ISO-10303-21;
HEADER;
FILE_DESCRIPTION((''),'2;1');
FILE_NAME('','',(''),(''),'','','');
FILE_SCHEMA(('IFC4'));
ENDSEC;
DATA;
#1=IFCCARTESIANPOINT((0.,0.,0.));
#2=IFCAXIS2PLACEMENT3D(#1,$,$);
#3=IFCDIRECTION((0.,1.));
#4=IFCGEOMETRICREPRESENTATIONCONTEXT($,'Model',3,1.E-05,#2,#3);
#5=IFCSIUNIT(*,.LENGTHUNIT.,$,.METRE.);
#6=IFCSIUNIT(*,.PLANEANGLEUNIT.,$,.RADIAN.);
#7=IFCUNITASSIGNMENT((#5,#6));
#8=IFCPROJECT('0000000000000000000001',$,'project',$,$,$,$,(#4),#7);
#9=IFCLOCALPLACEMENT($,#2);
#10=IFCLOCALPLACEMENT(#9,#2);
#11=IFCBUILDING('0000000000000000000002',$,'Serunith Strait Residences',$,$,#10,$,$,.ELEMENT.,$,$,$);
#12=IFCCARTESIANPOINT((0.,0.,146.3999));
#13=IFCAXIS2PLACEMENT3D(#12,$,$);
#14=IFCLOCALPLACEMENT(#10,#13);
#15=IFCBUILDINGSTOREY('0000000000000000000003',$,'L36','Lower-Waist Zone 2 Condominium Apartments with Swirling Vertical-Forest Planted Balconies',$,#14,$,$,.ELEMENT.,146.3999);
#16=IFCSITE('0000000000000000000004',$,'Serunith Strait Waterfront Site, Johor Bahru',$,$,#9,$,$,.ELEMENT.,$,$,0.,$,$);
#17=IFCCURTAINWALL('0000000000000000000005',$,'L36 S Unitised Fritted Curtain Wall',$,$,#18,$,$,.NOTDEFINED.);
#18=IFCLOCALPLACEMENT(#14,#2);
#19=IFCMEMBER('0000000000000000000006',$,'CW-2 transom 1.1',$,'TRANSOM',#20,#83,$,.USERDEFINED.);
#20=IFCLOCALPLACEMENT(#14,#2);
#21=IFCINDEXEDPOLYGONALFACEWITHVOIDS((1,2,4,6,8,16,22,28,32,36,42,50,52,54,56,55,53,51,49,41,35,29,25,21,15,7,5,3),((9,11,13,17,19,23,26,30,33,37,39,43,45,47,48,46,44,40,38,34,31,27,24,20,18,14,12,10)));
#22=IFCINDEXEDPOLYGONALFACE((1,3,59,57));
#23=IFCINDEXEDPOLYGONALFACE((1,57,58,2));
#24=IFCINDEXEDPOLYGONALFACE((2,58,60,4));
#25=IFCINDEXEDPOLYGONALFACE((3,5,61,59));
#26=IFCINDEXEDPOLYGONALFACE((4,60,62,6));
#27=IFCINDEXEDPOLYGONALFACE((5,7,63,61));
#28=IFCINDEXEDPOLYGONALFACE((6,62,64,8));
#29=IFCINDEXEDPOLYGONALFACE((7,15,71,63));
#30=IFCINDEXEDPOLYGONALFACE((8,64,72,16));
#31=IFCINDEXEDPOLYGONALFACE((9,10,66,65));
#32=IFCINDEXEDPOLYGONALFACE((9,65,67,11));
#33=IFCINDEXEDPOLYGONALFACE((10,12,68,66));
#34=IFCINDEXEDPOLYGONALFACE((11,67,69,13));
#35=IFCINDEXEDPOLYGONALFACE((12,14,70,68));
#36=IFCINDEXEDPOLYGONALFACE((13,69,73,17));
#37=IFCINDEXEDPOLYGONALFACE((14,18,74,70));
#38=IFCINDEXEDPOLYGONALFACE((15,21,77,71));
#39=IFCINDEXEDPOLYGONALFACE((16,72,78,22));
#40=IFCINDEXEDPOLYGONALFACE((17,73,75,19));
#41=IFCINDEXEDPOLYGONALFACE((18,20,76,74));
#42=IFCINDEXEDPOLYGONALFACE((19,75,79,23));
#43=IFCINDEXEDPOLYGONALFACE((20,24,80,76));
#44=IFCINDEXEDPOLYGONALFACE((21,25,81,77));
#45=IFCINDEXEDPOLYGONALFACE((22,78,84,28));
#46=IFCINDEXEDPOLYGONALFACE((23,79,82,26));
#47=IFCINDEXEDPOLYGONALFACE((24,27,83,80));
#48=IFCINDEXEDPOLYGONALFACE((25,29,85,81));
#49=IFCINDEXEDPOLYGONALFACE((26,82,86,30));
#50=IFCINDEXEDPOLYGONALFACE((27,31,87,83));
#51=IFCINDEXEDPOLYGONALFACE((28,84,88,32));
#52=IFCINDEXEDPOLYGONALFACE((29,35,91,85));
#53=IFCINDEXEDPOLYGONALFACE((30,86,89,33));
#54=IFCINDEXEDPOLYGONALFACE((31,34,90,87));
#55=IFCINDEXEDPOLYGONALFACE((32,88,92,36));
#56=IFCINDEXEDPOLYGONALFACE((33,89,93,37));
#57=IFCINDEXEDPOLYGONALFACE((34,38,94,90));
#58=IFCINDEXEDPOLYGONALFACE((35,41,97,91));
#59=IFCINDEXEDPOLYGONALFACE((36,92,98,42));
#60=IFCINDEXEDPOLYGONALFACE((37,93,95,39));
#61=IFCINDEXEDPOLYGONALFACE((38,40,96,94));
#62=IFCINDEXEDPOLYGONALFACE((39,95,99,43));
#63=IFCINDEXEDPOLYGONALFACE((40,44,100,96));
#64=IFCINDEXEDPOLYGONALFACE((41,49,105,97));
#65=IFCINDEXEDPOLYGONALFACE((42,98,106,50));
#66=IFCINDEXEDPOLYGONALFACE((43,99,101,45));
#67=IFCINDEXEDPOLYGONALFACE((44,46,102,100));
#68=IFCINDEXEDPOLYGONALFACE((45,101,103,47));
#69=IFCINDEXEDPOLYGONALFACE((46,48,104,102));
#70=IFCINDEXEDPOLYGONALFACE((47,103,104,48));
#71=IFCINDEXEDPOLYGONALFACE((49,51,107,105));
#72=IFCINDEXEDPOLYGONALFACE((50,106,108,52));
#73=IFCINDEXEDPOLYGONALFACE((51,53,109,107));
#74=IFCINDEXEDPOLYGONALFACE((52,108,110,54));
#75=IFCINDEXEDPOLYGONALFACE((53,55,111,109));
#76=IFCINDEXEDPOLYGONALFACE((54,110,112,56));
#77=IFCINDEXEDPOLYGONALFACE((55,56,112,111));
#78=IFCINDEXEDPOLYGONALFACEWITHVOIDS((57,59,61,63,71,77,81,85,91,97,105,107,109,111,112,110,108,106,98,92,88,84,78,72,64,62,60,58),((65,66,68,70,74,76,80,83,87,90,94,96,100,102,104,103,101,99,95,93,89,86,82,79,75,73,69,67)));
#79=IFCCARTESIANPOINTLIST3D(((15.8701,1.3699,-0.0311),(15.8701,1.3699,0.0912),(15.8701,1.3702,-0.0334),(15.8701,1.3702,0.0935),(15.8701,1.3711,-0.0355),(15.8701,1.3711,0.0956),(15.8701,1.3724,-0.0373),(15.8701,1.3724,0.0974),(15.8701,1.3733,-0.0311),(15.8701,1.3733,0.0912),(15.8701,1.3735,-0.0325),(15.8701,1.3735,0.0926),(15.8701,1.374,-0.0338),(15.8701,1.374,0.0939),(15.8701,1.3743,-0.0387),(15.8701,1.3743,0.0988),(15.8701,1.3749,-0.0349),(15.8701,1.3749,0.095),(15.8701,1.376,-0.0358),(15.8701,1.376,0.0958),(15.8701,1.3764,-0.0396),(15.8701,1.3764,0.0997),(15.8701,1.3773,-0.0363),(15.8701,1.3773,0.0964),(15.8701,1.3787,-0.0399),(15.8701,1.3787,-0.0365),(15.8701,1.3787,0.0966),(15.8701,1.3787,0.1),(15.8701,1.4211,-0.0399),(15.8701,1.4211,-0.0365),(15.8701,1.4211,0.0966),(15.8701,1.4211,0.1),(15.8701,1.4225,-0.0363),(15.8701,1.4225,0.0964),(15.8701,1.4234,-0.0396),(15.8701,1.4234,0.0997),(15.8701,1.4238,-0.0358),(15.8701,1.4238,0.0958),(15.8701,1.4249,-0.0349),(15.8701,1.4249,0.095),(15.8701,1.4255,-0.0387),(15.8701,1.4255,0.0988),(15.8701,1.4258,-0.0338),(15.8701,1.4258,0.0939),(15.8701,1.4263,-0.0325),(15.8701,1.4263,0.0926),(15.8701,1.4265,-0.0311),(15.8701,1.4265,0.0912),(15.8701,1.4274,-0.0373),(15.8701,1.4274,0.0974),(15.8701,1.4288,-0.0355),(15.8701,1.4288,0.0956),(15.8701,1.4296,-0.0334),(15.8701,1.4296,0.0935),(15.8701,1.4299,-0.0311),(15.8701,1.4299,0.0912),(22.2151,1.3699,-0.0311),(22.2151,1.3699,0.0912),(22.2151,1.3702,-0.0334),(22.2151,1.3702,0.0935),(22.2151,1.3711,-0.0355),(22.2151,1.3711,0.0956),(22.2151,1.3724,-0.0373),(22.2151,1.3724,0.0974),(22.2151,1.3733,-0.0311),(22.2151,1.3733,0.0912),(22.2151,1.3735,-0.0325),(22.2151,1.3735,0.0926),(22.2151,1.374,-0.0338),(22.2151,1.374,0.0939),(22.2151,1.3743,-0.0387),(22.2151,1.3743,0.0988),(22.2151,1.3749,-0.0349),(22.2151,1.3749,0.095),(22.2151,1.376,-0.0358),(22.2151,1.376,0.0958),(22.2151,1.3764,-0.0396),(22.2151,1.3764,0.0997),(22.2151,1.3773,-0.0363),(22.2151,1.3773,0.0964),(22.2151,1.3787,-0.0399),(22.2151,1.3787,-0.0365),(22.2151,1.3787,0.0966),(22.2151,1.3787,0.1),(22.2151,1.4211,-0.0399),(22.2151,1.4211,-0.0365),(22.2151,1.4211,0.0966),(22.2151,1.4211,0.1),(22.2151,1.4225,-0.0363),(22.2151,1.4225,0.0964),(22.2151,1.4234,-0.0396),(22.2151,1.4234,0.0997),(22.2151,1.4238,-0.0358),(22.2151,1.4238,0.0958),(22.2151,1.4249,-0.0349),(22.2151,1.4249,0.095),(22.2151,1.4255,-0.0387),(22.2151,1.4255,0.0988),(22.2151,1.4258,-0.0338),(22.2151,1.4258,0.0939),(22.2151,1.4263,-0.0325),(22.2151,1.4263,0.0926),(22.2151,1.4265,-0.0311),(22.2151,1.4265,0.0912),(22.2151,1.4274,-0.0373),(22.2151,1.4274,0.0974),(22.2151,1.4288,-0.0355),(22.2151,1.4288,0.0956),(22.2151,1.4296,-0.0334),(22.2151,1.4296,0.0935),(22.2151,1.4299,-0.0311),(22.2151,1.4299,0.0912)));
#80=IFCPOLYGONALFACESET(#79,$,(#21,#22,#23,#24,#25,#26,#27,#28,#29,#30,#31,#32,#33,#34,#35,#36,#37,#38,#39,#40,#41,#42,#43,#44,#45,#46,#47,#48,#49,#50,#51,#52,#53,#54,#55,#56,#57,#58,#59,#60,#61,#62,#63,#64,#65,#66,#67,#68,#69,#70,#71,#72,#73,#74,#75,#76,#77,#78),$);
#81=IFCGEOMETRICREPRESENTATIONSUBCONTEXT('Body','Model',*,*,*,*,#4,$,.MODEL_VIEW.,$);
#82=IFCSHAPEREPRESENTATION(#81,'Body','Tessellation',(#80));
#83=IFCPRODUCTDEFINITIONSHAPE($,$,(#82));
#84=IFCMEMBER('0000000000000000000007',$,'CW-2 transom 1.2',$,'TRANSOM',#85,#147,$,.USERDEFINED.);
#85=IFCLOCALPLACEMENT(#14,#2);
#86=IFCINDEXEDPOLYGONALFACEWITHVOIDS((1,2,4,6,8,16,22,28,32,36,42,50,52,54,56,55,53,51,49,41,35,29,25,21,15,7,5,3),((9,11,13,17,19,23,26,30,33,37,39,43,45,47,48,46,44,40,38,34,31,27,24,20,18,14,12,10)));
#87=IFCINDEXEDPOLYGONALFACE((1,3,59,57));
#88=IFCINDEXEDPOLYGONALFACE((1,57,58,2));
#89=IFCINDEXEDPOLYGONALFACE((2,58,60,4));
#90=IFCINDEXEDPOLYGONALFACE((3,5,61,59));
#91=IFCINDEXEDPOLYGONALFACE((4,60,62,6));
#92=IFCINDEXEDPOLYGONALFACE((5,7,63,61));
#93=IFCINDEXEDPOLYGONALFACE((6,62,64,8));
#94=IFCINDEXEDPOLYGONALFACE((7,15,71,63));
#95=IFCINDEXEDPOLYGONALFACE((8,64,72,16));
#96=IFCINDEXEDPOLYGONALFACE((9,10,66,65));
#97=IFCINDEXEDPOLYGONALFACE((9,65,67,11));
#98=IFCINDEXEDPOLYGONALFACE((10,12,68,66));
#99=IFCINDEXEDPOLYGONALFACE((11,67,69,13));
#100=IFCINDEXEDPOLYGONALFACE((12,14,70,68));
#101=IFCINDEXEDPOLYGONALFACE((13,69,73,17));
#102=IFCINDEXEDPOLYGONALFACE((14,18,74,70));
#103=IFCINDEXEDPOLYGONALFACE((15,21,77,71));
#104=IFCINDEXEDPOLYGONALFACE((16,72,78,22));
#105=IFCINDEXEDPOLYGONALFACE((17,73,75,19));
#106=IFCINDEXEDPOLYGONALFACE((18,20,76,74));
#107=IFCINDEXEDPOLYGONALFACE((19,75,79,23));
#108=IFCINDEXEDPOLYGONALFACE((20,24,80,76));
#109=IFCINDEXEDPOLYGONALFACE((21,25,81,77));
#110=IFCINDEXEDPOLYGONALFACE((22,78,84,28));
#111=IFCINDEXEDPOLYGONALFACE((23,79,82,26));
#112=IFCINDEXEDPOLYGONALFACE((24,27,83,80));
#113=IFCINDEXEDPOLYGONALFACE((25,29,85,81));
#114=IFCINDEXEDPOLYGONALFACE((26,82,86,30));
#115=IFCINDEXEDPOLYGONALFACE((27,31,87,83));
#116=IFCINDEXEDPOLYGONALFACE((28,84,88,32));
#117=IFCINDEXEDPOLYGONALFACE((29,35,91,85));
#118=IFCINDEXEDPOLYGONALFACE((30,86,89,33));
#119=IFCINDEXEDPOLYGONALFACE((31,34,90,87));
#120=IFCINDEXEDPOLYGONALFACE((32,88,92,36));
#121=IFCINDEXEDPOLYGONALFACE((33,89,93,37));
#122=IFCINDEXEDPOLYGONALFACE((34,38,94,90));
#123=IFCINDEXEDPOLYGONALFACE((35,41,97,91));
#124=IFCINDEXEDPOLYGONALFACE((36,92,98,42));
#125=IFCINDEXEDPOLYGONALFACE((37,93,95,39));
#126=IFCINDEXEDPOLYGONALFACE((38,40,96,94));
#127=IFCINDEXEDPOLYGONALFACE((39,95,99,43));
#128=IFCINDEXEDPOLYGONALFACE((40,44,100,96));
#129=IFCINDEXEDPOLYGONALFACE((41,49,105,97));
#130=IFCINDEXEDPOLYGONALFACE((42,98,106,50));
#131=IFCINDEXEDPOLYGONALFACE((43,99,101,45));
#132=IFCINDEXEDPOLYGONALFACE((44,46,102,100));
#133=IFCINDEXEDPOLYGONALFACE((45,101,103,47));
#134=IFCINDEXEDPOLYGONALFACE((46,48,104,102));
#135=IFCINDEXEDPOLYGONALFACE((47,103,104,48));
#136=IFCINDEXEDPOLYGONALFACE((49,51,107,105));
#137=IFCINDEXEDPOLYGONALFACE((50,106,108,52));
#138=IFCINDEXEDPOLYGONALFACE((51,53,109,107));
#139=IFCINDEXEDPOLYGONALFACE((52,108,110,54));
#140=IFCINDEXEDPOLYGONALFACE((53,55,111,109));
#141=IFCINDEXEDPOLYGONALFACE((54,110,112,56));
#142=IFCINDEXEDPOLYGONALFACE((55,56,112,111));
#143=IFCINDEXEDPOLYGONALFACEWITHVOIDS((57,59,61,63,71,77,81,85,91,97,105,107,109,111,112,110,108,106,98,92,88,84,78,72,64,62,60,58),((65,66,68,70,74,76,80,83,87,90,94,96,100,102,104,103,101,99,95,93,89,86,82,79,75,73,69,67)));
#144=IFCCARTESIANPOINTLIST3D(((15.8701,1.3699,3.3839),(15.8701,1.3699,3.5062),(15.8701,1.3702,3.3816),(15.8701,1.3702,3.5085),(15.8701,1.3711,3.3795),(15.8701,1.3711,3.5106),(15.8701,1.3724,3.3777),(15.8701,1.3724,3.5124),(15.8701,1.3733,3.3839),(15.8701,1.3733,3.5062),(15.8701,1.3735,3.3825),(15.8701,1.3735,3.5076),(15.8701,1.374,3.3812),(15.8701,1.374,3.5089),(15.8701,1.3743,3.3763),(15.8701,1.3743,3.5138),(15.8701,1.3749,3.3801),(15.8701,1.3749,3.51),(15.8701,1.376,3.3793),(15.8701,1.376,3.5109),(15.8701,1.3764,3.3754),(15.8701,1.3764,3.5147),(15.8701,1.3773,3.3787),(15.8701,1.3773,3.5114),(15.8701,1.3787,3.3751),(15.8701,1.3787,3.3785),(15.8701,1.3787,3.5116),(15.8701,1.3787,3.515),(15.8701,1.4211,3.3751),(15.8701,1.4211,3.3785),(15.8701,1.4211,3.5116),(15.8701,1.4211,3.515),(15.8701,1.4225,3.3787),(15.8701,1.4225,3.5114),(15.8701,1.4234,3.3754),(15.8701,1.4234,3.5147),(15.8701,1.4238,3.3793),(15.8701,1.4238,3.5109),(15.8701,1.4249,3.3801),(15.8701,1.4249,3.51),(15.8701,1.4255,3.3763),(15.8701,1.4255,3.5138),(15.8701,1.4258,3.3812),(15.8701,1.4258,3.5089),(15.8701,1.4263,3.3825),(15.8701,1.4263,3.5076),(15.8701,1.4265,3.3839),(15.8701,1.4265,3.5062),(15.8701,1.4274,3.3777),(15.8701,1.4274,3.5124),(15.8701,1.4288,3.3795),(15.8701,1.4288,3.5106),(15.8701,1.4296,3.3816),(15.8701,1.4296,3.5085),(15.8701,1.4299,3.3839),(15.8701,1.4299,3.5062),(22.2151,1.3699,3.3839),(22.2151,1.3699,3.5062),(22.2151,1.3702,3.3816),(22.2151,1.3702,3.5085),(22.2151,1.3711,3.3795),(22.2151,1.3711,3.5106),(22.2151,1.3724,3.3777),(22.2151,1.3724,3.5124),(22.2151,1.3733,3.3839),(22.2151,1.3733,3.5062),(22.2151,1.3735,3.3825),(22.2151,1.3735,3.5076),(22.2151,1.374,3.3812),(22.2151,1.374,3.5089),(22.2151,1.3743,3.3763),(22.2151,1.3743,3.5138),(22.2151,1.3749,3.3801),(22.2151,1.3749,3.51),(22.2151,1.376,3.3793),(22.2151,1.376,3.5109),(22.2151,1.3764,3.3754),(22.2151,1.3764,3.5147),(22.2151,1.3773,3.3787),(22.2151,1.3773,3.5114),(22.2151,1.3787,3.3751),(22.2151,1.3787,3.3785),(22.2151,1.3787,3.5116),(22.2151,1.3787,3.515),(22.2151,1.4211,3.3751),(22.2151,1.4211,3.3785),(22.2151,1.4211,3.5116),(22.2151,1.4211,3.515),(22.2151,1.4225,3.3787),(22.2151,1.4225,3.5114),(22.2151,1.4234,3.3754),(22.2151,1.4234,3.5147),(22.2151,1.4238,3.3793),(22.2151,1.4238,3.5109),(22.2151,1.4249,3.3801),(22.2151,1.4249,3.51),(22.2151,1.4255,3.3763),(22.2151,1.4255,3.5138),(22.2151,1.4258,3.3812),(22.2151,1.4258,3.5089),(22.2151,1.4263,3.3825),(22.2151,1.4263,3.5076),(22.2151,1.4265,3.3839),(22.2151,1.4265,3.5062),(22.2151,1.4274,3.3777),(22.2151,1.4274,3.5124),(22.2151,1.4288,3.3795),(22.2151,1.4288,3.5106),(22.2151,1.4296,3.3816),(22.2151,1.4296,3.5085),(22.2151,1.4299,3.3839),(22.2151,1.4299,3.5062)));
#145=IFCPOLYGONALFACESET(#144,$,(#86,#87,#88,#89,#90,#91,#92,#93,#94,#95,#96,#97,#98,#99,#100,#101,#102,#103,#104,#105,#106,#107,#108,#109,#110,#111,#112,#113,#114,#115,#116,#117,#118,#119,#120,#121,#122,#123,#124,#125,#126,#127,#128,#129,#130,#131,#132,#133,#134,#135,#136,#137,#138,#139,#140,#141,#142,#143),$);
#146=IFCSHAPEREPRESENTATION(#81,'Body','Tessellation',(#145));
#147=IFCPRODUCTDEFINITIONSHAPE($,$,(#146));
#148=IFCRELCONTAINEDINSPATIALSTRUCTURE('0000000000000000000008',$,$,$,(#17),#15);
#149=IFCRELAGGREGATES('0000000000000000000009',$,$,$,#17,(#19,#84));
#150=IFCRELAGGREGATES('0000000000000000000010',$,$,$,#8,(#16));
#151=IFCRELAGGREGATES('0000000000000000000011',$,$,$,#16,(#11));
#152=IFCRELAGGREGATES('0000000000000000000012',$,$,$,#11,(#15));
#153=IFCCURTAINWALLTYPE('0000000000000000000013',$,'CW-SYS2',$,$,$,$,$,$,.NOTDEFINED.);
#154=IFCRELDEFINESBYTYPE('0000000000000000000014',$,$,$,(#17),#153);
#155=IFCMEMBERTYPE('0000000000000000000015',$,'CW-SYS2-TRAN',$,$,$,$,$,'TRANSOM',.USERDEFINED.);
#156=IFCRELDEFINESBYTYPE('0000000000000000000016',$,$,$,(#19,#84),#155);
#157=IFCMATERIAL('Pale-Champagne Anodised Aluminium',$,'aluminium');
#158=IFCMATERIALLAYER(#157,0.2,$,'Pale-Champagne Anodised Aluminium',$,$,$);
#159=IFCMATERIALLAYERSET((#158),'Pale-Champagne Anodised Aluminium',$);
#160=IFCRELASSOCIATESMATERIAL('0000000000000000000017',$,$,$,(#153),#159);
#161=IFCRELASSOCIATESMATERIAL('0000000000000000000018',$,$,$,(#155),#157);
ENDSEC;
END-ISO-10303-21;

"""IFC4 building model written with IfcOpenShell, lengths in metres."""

from ifc_helpers import new_model, si_unit, direction, frame, origin, origin_2d, place, context, subcontext, project, spatial, hollow_rectangle, extrude, source, transform, mapped, material, layer, layer_set, material_profile, profile_set, type_object, element, aggregate, save


model = new_model("IFC4")

# Units and contexts
model_context = context("Model", 3, precision=1e-05, world=origin(), true_north=direction((0.0, 1.0)))
body_context = subcontext(model_context, "Body", "Model", "MODEL_VIEW")
ifc_project = project(units=[si_unit("LENGTHUNIT", "METRE"), si_unit("PLANEANGLEUNIT", "RADIAN")], contexts=[model_context])

# Site, building, storey
site_placement = place(None, origin())
site = spatial("IfcSite", under=ifc_project, at=site_placement, Name="Serunith Strait Waterfront Site, Johor Bahru", CompositionType="ELEMENT", RefElevation=0.0)
building_placement = place(site_placement, origin())
building = spatial("IfcBuilding", under=site, at=building_placement, Name="Serunith Strait Residences", CompositionType="ELEMENT")
storey_placement = place(building_placement, frame((0.0, 0.0, 146.3999)))
storey = spatial("IfcBuildingStorey", under=building, at=storey_placement, Name="L36", Description="Lower-Waist Zone 2 Condominium Apartments with Swirling Vertical-Forest Planted Balconies", CompositionType="ELEMENT", Elevation=146.3999)

# Curtain wall, members
ifc_material_1 = material(Name="Pale-Champagne Anodised Aluminium", Category="aluminium")
ifc_layer_1 = layer(ifc_material_1, 0.2, Name="Pale-Champagne Anodised Aluminium")
ifc_layer_set_1 = layer_set([ifc_layer_1], Name="Pale-Champagne Anodised Aluminium")
curtain_wall_type = type_object("IfcCurtainWallType", Name="CW-SYS2", PredefinedType="NOTDEFINED", material=ifc_layer_set_1)
curtain_wall_placement = place(storey_placement, origin())
curtain_wall = element("IfcCurtainWall", 1, at=curtain_wall_placement, inside=storey, type_object=curtain_wall_type, Name="L36 S Unitised Fritted Curtain Wall", PredefinedType="NOTDEFINED")
ifc_material_profile_1 = material_profile(ifc_material_1, hollow_rectangle(XDim=0.0601, YDim=0.1399, WallThickness=0.0034, InnerFilletRadius=0.0054, OuterFilletRadius=0.0088, at=origin_2d()), Name="ALU 140x60x3.5")
ifc_profile_set_1 = profile_set([ifc_material_profile_1], Name="Pale-Champagne Anodised Aluminium")
member_type_1 = type_object("IfcMemberType", Name="CW-SYS2-TRAN", ElementType="TRANSOM", PredefinedType="USERDEFINED", material=ifc_profile_set_1)
shared_shape_1 = source(origin(), body_context, "Body", "SweptSolid", [
    extrude(hollow_rectangle(XDim=0.0601, YDim=0.1399, WallThickness=0.0034, InnerFilletRadius=0.0054, OuterFilletRadius=0.0088, at=origin_2d()), origin(), (0.0, 0.0, 1.0), 6.345),
])
member_1_placement = place(storey_placement, frame((15.8701, 1.3999, 0.03), z_axis=(1.0, 0.0, 0.0), x_axis=(0.0, 1.0, 0.0)))
member_1 = element("IfcMember", 2, at=member_1_placement, type_object=member_type_1, Name="CW-2 transom 1.1", ObjectType="TRANSOM", PredefinedType="USERDEFINED", context=body_context, shape_type="MappedRepresentation", body=[
    mapped(shared_shape_1, transform((0.0, 0.0, 0.0), scale=1.0)),
])
member_2_placement = place(storey_placement, frame((15.8701, 1.3999, 3.4451), z_axis=(1.0, 0.0, 0.0), x_axis=(0.0, 1.0, 0.0)))
member_2 = element("IfcMember", 3, at=member_2_placement, type_object=member_type_1, Name="CW-2 transom 1.2", ObjectType="TRANSOM", PredefinedType="USERDEFINED", context=body_context, shape_type="MappedRepresentation", body=[
    mapped(shared_shape_1, transform((0.0, 0.0, 0.0), scale=1.0)),
])
aggregate(curtain_wall, [member_1, member_2])

save(model, "model.ifc")
